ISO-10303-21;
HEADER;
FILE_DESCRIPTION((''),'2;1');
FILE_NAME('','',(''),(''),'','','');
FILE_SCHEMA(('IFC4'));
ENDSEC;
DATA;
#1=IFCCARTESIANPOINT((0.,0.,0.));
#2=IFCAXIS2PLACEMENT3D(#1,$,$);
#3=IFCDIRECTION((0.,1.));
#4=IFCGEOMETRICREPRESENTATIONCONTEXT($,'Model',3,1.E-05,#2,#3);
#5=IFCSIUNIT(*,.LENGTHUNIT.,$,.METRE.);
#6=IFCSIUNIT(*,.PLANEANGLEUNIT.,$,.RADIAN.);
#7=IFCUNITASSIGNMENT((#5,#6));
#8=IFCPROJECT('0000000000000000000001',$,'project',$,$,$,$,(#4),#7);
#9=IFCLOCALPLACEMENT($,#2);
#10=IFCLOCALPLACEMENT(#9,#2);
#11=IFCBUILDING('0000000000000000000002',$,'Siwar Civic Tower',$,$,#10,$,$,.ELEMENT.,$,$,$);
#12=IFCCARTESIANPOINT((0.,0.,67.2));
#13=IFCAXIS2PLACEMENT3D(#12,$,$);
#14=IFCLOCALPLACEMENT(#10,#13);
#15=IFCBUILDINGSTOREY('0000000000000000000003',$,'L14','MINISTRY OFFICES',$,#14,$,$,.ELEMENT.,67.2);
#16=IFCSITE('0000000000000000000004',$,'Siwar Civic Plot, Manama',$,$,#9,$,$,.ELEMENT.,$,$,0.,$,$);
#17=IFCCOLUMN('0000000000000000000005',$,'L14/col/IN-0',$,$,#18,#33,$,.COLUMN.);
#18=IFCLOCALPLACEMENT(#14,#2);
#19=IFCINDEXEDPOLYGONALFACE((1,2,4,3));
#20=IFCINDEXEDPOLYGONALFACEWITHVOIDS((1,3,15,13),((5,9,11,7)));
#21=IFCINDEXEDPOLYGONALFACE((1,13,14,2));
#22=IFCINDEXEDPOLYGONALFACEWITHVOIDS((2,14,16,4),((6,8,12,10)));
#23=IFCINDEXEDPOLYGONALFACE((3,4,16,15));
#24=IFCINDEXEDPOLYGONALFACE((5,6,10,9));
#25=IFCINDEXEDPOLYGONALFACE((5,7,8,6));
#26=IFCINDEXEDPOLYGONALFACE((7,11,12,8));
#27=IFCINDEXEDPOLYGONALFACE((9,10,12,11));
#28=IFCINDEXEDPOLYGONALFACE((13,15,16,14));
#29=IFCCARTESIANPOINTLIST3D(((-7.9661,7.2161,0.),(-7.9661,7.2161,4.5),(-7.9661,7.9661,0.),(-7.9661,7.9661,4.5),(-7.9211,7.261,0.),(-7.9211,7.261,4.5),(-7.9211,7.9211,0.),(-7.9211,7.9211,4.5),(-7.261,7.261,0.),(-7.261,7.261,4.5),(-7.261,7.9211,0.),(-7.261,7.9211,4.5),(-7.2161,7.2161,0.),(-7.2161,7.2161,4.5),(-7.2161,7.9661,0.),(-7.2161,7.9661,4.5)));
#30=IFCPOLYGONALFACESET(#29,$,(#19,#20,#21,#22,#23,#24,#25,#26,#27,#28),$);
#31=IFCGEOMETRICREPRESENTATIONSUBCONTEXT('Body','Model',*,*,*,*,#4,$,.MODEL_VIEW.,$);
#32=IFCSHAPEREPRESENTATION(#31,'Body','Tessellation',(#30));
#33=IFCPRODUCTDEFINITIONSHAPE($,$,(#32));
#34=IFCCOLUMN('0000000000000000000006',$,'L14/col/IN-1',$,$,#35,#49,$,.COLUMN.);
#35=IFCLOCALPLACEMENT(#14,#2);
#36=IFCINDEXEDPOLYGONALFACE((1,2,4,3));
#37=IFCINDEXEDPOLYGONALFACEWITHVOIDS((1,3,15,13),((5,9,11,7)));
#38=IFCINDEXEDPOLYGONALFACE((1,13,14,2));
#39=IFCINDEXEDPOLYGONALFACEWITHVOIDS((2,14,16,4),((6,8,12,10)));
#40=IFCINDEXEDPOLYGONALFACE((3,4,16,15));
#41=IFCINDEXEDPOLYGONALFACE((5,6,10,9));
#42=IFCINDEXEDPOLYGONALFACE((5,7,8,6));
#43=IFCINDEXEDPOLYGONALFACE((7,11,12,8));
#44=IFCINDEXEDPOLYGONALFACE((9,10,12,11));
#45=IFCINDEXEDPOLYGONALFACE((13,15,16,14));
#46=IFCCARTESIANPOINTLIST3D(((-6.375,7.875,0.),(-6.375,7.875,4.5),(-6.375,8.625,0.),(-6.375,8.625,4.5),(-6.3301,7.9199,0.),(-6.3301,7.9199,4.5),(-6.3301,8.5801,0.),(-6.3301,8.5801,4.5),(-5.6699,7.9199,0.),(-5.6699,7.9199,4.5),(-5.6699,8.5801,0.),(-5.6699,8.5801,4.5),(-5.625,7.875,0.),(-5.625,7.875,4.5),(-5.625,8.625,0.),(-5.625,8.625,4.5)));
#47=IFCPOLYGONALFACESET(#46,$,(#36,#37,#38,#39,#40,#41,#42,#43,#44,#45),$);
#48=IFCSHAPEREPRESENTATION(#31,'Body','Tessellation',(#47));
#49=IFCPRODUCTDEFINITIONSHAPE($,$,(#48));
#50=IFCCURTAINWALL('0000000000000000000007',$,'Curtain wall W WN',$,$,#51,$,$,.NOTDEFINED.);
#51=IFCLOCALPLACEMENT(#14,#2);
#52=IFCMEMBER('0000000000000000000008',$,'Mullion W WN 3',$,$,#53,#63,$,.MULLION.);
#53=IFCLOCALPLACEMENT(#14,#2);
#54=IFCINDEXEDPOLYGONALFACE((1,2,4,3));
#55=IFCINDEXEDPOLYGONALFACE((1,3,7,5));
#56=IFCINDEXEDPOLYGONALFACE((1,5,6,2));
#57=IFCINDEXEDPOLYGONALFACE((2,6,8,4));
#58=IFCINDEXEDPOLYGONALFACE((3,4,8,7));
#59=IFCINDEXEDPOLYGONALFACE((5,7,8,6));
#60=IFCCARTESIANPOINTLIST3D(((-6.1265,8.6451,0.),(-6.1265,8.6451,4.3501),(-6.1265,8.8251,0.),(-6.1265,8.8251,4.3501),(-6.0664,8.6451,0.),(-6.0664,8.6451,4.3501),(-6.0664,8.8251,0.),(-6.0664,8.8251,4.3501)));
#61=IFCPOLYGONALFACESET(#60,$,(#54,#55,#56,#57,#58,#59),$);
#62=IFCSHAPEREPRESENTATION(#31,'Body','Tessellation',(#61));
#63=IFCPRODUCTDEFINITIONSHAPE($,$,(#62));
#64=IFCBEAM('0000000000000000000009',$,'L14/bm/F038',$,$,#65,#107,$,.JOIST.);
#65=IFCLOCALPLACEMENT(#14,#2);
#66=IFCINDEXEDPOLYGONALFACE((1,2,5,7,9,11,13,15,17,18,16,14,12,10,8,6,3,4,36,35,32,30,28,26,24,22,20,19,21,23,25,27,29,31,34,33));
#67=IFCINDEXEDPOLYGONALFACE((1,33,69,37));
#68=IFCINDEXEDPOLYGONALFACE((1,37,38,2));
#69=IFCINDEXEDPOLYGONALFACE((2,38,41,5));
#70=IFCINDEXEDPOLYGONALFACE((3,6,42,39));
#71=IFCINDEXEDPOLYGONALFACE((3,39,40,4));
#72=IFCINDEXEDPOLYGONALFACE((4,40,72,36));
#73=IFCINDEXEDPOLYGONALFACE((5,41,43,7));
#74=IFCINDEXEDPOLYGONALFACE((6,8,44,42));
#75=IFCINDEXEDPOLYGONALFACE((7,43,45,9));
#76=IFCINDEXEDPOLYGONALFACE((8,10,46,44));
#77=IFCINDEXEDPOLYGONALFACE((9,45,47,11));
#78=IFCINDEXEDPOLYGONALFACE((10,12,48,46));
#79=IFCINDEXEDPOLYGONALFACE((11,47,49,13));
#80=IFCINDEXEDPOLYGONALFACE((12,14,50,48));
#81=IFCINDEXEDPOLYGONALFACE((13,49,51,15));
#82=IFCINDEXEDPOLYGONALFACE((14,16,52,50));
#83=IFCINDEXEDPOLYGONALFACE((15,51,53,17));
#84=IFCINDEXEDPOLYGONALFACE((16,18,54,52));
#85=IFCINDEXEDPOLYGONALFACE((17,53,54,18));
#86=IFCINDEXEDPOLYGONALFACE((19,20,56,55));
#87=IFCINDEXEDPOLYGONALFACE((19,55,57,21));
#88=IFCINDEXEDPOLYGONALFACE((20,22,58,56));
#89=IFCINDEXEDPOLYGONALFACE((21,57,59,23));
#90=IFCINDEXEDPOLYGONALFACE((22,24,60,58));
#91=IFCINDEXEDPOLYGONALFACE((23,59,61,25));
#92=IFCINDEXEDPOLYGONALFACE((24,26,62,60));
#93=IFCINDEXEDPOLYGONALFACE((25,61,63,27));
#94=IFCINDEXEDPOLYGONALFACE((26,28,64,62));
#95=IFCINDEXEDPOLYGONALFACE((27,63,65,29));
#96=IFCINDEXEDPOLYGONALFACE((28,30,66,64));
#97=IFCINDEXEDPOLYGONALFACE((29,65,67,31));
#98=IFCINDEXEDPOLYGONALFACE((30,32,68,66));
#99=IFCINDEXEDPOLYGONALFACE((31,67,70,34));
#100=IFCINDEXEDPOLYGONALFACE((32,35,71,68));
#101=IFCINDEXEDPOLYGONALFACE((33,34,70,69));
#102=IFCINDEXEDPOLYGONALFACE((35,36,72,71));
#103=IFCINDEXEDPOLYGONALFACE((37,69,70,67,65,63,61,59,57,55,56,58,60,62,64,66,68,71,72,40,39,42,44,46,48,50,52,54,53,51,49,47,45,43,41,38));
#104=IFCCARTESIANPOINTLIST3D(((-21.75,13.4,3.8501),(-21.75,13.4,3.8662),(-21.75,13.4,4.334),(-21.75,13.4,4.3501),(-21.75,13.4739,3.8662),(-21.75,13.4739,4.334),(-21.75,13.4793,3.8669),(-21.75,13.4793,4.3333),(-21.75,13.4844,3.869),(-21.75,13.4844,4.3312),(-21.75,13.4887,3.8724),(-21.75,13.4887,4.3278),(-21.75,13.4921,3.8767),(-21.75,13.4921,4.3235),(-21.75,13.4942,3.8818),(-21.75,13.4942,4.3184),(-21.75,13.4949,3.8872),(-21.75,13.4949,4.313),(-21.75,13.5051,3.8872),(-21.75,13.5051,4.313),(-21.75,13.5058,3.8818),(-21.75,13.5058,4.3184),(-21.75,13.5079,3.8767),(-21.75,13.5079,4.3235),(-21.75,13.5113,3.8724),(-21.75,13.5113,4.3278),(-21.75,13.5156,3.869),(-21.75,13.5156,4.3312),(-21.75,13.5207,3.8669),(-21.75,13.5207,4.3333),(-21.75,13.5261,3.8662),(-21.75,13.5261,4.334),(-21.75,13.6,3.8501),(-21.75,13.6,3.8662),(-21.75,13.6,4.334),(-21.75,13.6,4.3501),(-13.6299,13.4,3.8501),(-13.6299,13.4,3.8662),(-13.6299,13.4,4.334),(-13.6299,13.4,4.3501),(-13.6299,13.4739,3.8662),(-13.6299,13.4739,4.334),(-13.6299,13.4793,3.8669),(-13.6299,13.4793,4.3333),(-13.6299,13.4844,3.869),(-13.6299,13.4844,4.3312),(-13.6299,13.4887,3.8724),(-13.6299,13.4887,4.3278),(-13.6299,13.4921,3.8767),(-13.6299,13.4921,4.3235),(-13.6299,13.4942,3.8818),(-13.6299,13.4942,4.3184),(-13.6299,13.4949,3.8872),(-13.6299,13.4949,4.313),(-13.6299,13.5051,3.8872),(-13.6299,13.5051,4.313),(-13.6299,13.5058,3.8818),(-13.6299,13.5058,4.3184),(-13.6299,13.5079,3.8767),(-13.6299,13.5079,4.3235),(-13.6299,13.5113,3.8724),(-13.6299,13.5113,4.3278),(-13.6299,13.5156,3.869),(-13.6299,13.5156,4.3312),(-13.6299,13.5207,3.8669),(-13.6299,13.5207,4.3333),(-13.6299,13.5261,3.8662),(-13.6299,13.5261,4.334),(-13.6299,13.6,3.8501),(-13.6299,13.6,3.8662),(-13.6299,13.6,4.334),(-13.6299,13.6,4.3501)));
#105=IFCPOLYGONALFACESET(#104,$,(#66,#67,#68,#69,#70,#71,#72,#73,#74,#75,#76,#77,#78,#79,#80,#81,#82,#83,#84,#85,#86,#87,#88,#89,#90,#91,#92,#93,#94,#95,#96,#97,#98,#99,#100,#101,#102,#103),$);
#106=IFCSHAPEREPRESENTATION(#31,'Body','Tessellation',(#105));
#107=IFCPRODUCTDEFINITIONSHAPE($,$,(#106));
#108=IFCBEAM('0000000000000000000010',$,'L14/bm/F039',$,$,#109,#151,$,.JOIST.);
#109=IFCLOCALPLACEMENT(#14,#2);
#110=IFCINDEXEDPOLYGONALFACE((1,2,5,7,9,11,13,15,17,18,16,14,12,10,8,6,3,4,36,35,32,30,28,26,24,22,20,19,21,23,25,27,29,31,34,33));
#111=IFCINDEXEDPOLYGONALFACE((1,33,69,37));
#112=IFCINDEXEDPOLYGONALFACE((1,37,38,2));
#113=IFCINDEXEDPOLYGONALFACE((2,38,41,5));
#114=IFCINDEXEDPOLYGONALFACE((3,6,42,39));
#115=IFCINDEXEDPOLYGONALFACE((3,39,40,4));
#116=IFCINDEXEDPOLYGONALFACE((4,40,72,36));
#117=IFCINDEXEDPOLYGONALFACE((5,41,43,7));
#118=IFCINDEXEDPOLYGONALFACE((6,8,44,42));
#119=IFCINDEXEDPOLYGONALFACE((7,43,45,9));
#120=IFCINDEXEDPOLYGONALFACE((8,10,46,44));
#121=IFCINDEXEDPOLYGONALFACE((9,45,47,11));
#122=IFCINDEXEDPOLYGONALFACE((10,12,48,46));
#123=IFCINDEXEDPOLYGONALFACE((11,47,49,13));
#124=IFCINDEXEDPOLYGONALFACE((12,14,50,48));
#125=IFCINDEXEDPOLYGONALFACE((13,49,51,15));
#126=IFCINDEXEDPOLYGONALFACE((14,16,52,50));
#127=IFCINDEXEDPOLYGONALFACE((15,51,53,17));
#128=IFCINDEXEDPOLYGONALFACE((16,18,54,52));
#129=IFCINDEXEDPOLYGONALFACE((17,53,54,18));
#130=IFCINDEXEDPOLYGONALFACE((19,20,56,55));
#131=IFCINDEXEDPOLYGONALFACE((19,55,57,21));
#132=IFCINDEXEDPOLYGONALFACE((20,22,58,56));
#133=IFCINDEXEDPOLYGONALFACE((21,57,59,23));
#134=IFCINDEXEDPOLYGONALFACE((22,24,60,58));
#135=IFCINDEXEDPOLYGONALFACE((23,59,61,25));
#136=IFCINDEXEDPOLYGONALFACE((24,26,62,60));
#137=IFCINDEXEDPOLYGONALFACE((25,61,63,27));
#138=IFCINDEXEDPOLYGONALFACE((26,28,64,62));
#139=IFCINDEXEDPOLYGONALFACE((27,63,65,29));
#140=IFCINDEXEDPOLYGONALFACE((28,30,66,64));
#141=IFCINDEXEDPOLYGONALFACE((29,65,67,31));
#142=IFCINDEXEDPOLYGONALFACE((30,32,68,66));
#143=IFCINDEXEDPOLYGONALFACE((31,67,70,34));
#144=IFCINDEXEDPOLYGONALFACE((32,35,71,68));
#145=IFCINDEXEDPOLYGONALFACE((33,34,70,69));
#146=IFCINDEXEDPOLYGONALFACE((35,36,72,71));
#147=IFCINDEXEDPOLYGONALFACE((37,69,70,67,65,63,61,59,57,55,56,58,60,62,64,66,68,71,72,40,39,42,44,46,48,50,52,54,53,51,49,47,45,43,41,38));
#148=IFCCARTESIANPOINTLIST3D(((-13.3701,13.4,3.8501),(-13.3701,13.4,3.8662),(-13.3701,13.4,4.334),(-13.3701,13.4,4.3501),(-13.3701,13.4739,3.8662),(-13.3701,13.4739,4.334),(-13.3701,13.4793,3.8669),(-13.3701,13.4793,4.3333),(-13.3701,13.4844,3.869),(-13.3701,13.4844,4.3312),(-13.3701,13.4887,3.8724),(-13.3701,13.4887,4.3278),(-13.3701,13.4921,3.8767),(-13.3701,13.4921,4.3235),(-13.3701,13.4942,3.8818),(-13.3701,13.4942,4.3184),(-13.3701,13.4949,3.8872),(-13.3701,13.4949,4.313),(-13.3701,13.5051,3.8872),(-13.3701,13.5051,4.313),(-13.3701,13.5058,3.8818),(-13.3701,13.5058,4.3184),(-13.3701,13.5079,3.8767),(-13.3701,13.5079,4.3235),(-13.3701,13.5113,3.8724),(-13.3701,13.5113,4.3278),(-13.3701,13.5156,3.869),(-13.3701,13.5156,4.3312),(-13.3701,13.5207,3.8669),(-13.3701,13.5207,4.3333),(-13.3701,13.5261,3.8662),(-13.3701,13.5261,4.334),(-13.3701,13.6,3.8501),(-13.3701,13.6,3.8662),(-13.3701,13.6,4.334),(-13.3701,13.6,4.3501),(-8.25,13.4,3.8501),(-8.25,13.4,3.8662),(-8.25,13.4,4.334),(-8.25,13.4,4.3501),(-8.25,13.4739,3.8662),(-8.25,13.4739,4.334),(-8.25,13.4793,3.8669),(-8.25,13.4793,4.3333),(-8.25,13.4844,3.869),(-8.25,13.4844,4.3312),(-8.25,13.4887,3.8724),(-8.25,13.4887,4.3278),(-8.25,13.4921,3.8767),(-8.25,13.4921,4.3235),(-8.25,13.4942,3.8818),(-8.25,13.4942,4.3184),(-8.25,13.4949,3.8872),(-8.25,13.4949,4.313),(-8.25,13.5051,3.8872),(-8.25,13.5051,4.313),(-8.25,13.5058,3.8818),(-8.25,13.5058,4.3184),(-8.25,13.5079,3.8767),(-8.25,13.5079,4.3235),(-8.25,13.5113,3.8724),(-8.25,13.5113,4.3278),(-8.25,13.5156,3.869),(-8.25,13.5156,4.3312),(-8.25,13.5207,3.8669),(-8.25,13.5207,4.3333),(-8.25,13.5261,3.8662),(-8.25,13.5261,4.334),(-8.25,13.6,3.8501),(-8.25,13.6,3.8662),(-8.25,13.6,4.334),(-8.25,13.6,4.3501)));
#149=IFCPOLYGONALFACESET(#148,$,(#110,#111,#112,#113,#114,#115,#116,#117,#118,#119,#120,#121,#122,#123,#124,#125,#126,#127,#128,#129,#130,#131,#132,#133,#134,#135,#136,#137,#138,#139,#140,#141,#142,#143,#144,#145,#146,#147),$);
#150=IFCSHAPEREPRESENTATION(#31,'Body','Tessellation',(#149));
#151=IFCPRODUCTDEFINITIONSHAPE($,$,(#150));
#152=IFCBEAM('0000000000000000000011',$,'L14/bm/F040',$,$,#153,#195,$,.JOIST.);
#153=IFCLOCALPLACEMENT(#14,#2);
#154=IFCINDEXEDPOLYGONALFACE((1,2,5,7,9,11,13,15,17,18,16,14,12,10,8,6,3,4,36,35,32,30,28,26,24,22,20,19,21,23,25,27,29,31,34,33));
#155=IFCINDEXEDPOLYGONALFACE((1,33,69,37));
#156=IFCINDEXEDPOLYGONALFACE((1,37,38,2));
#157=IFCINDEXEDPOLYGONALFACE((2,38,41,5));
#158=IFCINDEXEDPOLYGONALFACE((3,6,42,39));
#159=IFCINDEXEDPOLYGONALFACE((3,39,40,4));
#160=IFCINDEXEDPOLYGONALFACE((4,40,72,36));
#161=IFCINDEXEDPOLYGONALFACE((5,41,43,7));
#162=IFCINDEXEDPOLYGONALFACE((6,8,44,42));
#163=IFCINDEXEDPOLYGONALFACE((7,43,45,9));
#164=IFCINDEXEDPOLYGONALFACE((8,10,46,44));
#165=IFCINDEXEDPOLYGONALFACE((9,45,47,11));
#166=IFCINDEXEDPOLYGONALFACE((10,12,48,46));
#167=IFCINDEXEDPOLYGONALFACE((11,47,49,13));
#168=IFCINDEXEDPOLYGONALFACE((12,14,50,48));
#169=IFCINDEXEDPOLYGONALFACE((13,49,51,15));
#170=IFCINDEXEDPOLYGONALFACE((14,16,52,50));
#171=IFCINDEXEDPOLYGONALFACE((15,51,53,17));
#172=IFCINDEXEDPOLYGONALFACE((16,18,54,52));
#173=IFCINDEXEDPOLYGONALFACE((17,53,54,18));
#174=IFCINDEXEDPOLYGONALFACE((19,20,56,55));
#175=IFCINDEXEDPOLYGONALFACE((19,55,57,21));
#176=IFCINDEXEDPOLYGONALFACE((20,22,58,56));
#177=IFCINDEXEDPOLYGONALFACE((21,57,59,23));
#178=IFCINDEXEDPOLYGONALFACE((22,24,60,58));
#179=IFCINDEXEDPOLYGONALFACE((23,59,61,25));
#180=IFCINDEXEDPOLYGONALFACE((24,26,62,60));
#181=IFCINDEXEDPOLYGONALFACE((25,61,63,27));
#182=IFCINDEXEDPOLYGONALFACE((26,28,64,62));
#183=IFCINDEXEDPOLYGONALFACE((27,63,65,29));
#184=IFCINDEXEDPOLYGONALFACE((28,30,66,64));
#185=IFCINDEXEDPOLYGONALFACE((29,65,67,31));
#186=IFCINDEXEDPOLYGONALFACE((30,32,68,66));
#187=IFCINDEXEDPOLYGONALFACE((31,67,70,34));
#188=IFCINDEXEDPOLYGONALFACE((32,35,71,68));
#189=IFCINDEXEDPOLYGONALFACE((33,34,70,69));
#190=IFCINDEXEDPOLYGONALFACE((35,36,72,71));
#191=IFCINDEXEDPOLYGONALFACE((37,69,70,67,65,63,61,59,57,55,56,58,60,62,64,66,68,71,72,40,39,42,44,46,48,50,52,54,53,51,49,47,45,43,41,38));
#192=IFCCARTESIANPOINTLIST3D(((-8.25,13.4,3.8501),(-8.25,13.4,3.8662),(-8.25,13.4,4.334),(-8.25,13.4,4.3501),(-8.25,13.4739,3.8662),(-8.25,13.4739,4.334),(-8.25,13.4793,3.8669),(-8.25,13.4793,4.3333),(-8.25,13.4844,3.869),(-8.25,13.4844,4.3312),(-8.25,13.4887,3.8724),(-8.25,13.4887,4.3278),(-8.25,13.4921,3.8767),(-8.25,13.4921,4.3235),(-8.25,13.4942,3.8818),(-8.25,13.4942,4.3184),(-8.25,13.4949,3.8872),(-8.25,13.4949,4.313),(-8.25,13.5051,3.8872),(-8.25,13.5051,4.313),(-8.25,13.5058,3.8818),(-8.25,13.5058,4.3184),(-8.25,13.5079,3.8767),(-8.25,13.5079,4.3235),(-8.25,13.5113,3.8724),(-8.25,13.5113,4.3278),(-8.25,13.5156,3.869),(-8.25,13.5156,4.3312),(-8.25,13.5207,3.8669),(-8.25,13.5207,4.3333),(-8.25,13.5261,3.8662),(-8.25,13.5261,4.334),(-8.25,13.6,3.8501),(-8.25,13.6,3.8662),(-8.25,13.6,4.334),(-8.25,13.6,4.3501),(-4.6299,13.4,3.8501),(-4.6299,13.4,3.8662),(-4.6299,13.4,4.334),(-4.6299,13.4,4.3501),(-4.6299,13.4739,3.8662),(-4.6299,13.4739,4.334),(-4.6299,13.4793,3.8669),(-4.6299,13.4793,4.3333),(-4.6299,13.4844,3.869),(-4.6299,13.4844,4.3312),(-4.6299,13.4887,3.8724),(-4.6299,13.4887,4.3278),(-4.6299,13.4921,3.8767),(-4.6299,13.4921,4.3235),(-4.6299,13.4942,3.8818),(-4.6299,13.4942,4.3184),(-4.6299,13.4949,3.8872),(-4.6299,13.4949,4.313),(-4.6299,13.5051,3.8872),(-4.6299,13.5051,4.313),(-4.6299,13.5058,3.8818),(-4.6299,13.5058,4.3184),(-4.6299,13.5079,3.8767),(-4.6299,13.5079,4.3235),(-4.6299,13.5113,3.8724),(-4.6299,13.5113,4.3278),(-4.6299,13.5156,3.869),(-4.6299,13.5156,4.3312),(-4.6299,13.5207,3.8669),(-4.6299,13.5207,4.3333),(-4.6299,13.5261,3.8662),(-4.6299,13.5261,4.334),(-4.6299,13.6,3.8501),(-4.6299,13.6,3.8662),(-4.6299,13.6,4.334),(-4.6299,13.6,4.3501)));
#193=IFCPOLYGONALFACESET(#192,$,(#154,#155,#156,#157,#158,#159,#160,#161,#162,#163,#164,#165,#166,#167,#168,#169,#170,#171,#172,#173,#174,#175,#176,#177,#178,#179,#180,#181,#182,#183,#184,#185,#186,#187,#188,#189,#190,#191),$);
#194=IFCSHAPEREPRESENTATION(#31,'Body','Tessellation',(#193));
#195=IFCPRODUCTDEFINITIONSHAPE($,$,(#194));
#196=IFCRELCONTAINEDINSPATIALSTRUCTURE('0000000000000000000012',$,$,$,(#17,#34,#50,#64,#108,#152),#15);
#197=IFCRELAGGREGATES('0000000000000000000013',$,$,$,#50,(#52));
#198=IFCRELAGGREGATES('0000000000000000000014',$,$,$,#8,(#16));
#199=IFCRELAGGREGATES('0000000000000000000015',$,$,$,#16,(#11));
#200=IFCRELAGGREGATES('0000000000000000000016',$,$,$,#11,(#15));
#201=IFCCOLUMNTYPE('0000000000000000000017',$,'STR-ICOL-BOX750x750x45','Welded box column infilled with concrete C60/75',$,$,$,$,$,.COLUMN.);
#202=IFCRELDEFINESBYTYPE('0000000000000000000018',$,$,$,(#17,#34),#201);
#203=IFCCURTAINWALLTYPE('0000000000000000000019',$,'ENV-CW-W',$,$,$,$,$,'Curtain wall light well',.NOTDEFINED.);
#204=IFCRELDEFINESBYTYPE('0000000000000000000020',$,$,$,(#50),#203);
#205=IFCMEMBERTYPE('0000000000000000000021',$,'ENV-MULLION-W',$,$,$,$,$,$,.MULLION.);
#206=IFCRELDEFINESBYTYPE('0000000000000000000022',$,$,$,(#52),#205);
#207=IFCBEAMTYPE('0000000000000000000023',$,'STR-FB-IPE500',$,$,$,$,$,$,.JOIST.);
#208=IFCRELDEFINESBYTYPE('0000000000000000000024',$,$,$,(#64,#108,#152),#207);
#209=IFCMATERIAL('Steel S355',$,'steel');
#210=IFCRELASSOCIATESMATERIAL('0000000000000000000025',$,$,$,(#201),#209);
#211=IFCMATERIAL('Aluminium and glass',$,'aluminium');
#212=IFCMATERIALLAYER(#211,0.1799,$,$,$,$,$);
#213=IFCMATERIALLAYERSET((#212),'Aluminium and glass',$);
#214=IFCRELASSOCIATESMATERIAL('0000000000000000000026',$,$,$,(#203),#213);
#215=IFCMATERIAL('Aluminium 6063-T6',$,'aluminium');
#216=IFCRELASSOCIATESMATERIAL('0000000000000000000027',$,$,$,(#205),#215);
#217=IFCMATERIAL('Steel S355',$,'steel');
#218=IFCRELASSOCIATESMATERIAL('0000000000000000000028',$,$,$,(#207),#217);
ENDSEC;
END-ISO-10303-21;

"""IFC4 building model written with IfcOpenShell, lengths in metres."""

from ifc_helpers import new_model, si_unit, direction, frame, origin, origin_2d, place, context, subcontext, project, spatial, rectangle, hollow_rectangle, i_section, extrude, material, layer, layer_set, material_profile, profile_set, type_object, element, aggregate, save


model = new_model("IFC4")

# Units and contexts
model_context = context("Model", 3, precision=1e-05, world=origin(), true_north=direction((0.0, 1.0)))
body_context = subcontext(model_context, "Body", "Model", "MODEL_VIEW")
ifc_project = project(units=[si_unit("LENGTHUNIT", "METRE"), si_unit("PLANEANGLEUNIT", "RADIAN")], contexts=[model_context])

# Site, building, storey
site_placement = place(None, origin())
site = spatial("IfcSite", under=ifc_project, at=site_placement, Name="Siwar Civic Plot, Manama", CompositionType="ELEMENT", RefElevation=0.0)
building_placement = place(site_placement, origin())
building = spatial("IfcBuilding", under=site, at=building_placement, Name="Siwar Civic Tower", CompositionType="ELEMENT")
storey_placement = place(building_placement, frame((0.0, 0.0, 67.2)))
storey = spatial("IfcBuildingStorey", under=building, at=storey_placement, Name="L14", Description="MINISTRY OFFICES", CompositionType="ELEMENT", Elevation=67.2)

# Columns
ifc_material_1 = material(Name="Steel S355", Category="steel")
ifc_material_profile_1 = material_profile(ifc_material_1, hollow_rectangle(XDim=0.75, YDim=0.75, WallThickness=0.0449, at=origin_2d()), Name="BOX750x750x45")
ifc_profile_set_1 = profile_set([ifc_material_profile_1], Name="Steel S355")
column_type = type_object("IfcColumnType", Name="STR-ICOL-BOX750x750x45", Description="Welded box column infilled with concrete C60/75", PredefinedType="COLUMN", material=ifc_profile_set_1)
for number, where, z_axis, x_axis, name in (
    (1, (-7.5911, 7.5911, 0.0), (0.0, 0.0, 1.0), (1.0, 0.0, 0.0), "L14/col/IN-0"),
    (2, (-6.0, 8.25, 0.0), (0.0, 0.0, 1.0), (1.0, 0.0, 0.0), "L14/col/IN-1"),
):
    element("IfcColumn", number, at=place(storey_placement, frame(where, z_axis=z_axis, x_axis=x_axis)), inside=storey, type_object=column_type, Name=name, PredefinedType="COLUMN", context=body_context, shape_type="SweptSolid", body=[
        extrude(hollow_rectangle(XDim=0.75, YDim=0.75, WallThickness=0.0449, at=origin_2d()), origin(), (0.0, 0.0, 1.0), 4.5),
    ])

# Curtain wall, member
ifc_material_2 = material(Name="Aluminium and glass", Category="aluminium")
ifc_layer_1 = layer(ifc_material_2, 0.1799)
ifc_layer_set_1 = layer_set([ifc_layer_1], Name="Aluminium and glass")
curtain_wall_type = type_object("IfcCurtainWallType", Name="ENV-CW-W", ElementType="Curtain wall light well", PredefinedType="NOTDEFINED", material=ifc_layer_set_1)
curtain_wall_placement = place(storey_placement, origin())
curtain_wall = element("IfcCurtainWall", 3, at=curtain_wall_placement, inside=storey, type_object=curtain_wall_type, Name="Curtain wall W WN", PredefinedType="NOTDEFINED")
ifc_material_3 = material(Name="Aluminium 6063-T6", Category="aluminium")
ifc_material_profile_2 = material_profile(ifc_material_3, rectangle(XDim=0.1799, YDim=0.0601, at=origin_2d()), Name="AL 180x60")
ifc_profile_set_2 = profile_set([ifc_material_profile_2], Name="Aluminium 6063-T6")
member_type = type_object("IfcMemberType", Name="ENV-MULLION-W", PredefinedType="MULLION", material=ifc_profile_set_2)
member_placement = place(storey_placement, frame((-6.0964, 8.7351, 0.0), z_axis=(0.0, 0.0, 1.0), x_axis=(0.0, -1.0, 0.0)))
member = element("IfcMember", 4, at=member_placement, type_object=member_type, Name="Mullion W WN 3", PredefinedType="MULLION", context=body_context, shape_type="SweptSolid", body=[
    extrude(rectangle(XDim=0.1799, YDim=0.0601, at=origin_2d()), origin(), (0.0, 0.0, 1.0), 4.3501),
])

# Beams
ifc_material_4 = material(Name="Steel S355", Category="steel")
ifc_material_profile_3 = material_profile(ifc_material_4, i_section(OverallWidth=0.2, OverallDepth=0.5, WebThickness=0.0103, FlangeThickness=0.0161, FilletRadius=0.021, at=origin_2d()), Name="IPE500")
ifc_profile_set_3 = profile_set([ifc_material_profile_3], Name="Steel S355")
beam_type_1 = type_object("IfcBeamType", Name="STR-FB-IPE500", PredefinedType="JOIST", material=ifc_profile_set_3)
beam_1_placement = place(storey_placement, frame((-21.75, 13.5, 4.1001), z_axis=(1.0, 0.0, 0.0), x_axis=(0.0, 1.0, 0.0)))
element("IfcBeam", 5, at=beam_1_placement, inside=storey, type_object=beam_type_1, Name="L14/bm/F038", PredefinedType="JOIST", context=body_context, shape_type="SweptSolid", body=[
    extrude(i_section(OverallWidth=0.2, OverallDepth=0.5, WebThickness=0.0103, FlangeThickness=0.0161, FilletRadius=0.021, at=origin_2d()), origin(), (0.0, 0.0, 1.0), 8.1201),
])
beam_2_placement = place(storey_placement, frame((-13.3701, 13.5, 4.1001), z_axis=(1.0, 0.0, 0.0), x_axis=(0.0, 1.0, 0.0)))
element("IfcBeam", 6, at=beam_2_placement, inside=storey, type_object=beam_type_1, Name="L14/bm/F039", PredefinedType="JOIST", context=body_context, shape_type="SweptSolid", body=[
    extrude(i_section(OverallWidth=0.2, OverallDepth=0.5, WebThickness=0.0103, FlangeThickness=0.0161, FilletRadius=0.021, at=origin_2d()), origin(), (0.0, 0.0, 1.0), 5.1201),
])
beam_3_placement = place(storey_placement, frame((-8.25, 13.5, 4.1001), z_axis=(1.0, 0.0, 0.0), x_axis=(0.0, 1.0, 0.0)))
element("IfcBeam", 7, at=beam_3_placement, inside=storey, type_object=beam_type_1, Name="L14/bm/F040", PredefinedType="JOIST", context=body_context, shape_type="SweptSolid", body=[
    extrude(i_section(OverallWidth=0.2, OverallDepth=0.5, WebThickness=0.0103, FlangeThickness=0.0161, FilletRadius=0.021, at=origin_2d()), origin(), (0.0, 0.0, 1.0), 3.6201),
])

aggregate(curtain_wall, [member])

save(model, "model.ifc")
